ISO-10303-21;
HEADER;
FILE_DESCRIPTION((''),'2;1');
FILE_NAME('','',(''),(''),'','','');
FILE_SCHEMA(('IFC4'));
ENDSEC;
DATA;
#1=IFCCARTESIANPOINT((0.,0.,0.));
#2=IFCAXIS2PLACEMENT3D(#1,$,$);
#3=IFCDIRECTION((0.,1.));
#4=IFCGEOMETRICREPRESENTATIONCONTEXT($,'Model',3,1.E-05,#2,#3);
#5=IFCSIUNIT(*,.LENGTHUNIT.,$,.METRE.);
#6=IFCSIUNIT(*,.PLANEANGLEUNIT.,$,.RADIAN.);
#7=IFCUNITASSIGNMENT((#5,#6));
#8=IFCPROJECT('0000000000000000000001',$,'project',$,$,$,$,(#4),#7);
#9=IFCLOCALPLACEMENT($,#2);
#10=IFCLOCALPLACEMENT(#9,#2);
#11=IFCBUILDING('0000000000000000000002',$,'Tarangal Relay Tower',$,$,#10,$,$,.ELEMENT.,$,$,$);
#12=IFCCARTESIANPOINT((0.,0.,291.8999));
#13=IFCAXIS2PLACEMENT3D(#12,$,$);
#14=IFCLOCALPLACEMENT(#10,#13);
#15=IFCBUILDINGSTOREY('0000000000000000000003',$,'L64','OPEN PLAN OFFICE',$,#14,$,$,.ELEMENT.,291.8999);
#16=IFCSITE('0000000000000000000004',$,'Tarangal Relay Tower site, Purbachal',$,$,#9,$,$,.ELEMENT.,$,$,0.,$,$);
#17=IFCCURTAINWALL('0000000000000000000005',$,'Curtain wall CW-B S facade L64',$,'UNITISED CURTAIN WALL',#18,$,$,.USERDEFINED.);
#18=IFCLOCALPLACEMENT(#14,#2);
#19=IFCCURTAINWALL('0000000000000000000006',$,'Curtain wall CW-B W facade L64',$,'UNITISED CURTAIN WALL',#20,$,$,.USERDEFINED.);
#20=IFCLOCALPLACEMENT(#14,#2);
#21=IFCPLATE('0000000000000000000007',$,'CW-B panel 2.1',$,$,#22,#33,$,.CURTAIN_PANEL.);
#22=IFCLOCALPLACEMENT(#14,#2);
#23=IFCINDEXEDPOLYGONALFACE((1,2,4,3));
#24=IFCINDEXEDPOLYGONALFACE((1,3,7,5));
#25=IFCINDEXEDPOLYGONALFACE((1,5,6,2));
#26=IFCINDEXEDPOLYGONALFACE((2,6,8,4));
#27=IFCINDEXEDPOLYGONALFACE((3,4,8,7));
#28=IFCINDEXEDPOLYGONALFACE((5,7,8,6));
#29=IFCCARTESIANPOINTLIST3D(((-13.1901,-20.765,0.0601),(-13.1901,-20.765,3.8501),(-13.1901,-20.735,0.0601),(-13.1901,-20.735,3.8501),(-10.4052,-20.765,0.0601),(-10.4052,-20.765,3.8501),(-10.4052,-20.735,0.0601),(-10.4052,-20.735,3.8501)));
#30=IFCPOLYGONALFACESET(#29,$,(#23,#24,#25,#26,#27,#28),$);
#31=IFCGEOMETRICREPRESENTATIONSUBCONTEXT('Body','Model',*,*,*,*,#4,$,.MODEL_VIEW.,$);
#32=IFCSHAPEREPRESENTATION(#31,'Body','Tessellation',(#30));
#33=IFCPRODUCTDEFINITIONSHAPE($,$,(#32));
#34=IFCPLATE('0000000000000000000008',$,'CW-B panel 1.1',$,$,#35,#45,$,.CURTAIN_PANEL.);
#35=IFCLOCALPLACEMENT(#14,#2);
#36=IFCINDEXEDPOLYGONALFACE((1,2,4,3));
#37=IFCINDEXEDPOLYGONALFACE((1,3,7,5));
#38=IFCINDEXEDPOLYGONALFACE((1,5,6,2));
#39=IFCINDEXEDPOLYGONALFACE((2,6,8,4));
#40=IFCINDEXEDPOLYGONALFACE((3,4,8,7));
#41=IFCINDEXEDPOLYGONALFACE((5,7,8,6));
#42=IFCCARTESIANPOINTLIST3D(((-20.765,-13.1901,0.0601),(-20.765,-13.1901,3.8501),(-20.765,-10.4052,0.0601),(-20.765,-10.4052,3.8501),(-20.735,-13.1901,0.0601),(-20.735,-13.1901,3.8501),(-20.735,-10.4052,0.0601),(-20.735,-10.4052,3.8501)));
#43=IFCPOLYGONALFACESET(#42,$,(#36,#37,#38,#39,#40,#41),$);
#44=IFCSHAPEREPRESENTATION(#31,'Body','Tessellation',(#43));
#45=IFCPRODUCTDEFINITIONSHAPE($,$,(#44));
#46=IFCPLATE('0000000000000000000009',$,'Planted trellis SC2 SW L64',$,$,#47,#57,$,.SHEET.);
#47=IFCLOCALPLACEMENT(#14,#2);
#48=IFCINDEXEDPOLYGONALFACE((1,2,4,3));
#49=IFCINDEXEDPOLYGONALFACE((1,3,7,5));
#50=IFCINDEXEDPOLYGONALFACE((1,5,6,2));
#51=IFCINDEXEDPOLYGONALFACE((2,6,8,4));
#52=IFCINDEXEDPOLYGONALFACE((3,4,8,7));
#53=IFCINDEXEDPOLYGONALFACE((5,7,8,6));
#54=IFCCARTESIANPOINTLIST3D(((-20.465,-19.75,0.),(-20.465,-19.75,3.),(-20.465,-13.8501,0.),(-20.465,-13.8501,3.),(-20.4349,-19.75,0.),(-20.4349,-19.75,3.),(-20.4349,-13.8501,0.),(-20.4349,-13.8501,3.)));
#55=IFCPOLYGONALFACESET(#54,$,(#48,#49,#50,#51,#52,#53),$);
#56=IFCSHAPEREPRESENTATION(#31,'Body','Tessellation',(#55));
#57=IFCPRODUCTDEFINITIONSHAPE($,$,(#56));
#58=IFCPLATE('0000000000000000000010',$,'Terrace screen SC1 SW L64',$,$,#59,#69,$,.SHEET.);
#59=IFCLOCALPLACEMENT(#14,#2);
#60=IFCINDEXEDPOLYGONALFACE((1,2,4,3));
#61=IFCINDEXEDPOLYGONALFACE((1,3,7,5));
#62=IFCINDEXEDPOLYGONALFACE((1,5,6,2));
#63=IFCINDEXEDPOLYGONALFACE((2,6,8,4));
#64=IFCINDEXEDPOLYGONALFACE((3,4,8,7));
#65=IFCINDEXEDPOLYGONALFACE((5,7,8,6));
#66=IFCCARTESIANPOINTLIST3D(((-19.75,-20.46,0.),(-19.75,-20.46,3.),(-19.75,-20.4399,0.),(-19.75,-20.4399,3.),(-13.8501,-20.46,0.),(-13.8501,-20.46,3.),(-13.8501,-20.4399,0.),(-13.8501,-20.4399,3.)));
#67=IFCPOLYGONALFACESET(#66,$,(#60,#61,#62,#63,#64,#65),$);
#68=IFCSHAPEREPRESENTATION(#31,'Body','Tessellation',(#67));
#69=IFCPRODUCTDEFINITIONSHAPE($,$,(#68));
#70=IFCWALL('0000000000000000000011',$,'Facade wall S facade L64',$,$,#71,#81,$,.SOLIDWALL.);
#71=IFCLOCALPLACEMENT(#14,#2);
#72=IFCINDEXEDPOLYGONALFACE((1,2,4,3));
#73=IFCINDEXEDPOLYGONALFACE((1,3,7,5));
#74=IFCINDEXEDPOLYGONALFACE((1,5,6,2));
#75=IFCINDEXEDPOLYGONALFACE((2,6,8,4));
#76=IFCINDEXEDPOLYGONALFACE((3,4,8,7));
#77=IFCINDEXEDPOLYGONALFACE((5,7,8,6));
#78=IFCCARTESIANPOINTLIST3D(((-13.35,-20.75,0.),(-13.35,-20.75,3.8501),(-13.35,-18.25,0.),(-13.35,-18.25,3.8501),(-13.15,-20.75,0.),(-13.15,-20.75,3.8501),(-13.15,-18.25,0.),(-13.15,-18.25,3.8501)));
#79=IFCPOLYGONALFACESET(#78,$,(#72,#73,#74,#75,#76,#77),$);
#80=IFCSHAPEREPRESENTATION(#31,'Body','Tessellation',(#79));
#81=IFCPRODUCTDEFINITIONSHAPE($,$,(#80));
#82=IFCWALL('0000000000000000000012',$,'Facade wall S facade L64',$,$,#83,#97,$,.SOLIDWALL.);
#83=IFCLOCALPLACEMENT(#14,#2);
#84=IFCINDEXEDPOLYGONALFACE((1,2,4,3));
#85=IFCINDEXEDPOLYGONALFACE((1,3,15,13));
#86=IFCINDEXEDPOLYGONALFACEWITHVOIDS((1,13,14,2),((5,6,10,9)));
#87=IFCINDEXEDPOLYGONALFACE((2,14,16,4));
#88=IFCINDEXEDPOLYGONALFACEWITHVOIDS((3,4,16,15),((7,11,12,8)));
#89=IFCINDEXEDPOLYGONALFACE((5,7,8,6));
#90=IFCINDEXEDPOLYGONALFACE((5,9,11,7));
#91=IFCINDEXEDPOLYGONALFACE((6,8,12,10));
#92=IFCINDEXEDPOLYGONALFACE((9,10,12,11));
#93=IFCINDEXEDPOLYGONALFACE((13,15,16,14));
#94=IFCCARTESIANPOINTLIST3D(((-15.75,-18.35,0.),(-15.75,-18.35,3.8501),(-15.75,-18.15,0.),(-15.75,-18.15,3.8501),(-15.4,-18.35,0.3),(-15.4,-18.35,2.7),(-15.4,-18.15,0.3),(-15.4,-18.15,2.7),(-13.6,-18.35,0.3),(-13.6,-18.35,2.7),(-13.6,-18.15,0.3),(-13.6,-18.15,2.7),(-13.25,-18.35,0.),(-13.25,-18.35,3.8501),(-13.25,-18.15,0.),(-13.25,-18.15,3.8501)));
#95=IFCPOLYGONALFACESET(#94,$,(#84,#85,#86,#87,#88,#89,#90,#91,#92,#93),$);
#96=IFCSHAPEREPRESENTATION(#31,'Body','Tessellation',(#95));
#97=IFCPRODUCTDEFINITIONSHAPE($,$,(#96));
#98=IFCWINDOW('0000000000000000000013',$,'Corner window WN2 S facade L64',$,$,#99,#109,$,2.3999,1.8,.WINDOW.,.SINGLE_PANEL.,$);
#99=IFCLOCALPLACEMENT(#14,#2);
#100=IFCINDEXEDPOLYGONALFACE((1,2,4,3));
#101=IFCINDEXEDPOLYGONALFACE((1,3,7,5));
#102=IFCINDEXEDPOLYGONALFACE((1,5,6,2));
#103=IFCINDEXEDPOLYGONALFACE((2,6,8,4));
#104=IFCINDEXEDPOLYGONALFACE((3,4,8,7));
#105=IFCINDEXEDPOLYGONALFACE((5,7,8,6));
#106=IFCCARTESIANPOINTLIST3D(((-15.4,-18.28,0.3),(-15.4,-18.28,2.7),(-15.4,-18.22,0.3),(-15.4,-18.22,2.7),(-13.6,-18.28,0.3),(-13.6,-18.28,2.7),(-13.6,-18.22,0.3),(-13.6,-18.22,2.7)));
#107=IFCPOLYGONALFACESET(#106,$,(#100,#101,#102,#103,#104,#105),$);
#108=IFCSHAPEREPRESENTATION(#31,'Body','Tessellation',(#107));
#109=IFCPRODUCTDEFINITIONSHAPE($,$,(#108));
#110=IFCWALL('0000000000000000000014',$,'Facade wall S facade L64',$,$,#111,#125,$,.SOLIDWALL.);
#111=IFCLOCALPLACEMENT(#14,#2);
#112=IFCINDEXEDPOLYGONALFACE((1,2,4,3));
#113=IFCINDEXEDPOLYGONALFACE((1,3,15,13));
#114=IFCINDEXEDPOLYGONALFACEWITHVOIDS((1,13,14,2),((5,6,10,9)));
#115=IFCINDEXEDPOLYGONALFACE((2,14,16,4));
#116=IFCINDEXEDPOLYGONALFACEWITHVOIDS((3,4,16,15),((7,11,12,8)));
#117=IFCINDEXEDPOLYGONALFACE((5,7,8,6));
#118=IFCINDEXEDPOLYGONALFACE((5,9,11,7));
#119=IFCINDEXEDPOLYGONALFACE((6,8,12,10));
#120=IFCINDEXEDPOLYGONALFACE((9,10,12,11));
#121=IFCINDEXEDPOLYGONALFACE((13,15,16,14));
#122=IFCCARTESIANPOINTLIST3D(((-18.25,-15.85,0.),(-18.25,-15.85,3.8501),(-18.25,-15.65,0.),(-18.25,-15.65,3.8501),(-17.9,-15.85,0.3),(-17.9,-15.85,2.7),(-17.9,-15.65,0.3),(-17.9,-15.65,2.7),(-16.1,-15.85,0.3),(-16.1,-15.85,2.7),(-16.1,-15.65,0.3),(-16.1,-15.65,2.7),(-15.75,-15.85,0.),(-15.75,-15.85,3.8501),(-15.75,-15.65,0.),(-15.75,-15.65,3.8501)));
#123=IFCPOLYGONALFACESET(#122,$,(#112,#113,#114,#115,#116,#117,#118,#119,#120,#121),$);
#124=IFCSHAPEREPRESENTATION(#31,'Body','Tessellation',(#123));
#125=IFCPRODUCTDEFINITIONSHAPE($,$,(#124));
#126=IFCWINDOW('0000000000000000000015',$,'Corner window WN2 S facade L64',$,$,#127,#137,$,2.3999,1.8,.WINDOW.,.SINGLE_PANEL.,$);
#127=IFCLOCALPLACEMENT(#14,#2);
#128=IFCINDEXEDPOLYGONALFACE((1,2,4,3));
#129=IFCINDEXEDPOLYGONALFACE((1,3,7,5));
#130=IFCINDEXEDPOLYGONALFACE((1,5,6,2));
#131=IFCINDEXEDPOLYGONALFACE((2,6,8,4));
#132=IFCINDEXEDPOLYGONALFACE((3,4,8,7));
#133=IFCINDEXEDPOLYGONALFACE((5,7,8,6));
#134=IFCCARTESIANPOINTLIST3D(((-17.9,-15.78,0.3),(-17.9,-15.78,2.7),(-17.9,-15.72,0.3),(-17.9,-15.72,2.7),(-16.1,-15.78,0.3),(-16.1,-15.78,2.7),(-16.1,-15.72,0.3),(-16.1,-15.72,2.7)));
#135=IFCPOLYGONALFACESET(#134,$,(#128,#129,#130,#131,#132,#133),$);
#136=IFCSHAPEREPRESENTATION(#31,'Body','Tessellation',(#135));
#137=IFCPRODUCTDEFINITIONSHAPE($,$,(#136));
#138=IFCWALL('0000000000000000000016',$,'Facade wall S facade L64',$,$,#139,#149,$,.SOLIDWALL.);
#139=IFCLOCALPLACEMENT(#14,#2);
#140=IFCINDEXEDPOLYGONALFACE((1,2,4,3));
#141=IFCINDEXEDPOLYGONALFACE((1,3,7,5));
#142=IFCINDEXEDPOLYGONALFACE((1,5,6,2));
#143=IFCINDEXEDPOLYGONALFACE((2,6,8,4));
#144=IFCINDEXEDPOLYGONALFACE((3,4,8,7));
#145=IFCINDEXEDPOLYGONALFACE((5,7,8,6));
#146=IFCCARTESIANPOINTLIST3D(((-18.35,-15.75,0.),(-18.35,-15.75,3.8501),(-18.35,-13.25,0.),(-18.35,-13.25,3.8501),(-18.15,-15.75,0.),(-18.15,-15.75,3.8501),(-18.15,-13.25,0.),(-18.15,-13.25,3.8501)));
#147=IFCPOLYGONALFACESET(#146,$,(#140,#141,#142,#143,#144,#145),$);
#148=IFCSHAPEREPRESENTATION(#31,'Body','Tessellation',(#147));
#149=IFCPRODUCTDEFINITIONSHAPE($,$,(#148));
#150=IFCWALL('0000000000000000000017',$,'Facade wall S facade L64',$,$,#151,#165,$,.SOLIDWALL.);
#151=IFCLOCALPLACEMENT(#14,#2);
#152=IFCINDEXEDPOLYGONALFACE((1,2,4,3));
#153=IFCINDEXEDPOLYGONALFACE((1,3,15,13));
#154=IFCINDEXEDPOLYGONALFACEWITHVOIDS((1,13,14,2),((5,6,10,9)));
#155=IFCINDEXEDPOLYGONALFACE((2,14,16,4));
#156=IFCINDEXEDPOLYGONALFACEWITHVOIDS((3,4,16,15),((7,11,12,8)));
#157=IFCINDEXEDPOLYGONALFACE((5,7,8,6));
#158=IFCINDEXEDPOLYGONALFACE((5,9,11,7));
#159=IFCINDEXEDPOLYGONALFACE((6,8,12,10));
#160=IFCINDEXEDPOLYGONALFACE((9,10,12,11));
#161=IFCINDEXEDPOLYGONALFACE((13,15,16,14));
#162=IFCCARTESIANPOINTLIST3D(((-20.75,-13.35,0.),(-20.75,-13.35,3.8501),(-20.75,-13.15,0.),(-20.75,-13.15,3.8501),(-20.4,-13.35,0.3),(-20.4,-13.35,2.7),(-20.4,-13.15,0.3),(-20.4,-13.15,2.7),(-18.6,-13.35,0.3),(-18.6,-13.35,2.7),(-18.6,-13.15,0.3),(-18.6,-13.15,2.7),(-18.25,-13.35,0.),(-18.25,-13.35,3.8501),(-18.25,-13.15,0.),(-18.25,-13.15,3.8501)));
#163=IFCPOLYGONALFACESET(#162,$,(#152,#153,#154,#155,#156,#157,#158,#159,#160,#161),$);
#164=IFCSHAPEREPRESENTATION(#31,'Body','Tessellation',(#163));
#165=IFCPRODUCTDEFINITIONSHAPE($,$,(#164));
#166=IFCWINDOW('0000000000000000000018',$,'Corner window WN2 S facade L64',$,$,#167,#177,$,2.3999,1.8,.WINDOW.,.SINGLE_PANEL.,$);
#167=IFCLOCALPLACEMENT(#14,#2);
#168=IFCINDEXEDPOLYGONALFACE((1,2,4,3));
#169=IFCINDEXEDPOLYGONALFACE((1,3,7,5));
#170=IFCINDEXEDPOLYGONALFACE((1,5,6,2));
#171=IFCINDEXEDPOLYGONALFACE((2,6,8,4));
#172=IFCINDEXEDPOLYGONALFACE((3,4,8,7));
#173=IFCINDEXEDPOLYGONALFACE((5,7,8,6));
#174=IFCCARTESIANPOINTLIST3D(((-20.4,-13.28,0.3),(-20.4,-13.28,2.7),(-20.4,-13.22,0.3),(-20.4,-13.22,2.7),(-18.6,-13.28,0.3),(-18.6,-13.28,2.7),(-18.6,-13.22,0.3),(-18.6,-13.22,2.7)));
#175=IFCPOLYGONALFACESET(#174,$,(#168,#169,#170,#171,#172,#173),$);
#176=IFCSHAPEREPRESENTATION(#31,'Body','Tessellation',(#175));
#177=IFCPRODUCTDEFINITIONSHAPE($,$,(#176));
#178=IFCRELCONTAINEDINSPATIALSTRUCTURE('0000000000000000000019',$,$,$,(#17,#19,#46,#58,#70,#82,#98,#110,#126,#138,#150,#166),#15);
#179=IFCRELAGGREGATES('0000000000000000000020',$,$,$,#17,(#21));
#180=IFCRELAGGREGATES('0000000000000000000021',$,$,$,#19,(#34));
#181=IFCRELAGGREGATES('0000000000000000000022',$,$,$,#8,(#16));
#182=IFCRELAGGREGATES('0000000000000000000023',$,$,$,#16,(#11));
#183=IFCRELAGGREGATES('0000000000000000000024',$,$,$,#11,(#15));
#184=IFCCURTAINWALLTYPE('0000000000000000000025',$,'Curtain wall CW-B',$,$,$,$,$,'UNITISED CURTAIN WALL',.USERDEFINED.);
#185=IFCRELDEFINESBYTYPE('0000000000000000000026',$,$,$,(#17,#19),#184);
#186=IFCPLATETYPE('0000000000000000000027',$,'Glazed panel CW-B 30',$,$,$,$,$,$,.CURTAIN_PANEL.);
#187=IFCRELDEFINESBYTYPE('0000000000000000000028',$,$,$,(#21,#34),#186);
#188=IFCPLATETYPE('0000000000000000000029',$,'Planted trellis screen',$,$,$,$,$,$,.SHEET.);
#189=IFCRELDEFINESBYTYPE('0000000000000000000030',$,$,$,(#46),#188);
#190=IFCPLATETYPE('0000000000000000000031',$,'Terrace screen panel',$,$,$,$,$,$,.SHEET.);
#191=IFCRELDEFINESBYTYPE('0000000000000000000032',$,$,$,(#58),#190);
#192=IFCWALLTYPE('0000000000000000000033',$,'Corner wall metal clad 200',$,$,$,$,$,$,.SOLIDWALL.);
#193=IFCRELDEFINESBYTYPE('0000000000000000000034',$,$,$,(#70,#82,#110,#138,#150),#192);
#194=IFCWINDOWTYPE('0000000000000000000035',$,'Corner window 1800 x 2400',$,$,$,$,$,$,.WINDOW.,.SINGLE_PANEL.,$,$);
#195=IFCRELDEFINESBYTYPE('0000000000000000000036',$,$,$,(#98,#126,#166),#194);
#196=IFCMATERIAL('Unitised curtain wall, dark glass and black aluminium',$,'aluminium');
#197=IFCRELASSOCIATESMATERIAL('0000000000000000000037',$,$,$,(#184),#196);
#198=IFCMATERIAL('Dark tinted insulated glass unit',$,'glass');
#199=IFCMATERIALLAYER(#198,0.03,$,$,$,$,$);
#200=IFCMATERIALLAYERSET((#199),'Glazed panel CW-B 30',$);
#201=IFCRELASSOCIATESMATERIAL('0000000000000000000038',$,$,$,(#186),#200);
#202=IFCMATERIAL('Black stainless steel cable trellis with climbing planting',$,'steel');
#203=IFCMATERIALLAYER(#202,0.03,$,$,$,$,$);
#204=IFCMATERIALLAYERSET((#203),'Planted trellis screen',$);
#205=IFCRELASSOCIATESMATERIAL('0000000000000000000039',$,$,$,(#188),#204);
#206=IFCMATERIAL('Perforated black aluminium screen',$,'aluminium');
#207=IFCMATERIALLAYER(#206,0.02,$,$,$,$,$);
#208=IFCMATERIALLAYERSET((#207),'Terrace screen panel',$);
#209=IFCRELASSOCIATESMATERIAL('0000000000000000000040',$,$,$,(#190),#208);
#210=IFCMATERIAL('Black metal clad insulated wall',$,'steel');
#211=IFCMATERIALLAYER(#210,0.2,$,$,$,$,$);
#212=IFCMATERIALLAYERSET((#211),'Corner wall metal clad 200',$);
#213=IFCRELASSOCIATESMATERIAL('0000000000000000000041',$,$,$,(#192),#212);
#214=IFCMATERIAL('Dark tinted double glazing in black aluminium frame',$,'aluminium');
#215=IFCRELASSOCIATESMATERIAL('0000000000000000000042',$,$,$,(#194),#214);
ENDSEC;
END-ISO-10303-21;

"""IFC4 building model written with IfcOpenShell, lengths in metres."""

from ifc_helpers import new_model, si_unit, direction, frame, frame_2d, origin, origin_2d, place, context, subcontext, project, spatial, rectangle, extrude, material, layer, layer_set, type_object, element, fill, aggregate, save


model = new_model("IFC4")

# Units and contexts
model_context = context("Model", 3, precision=1e-05, world=origin(), true_north=direction((0.0, 1.0)))
body_context = subcontext(model_context, "Body", "Model", "MODEL_VIEW")
ifc_project = project(units=[si_unit("LENGTHUNIT", "METRE"), si_unit("PLANEANGLEUNIT", "RADIAN")], contexts=[model_context])

# Site, building, storey
site_placement = place(None, origin())
site = spatial("IfcSite", under=ifc_project, at=site_placement, Name="Tarangal Relay Tower site, Purbachal", CompositionType="ELEMENT", RefElevation=0.0)
building_placement = place(site_placement, origin())
building = spatial("IfcBuilding", under=site, at=building_placement, Name="Tarangal Relay Tower", CompositionType="ELEMENT")
storey_placement = place(building_placement, frame((0.0, 0.0, 291.8999)))
storey = spatial("IfcBuildingStorey", under=building, at=storey_placement, Name="L64", Description="OPEN PLAN OFFICE", CompositionType="ELEMENT", Elevation=291.8999)

# Curtain wall
ifc_material_1 = material(Name="Unitised curtain wall, dark glass and black aluminium", Category="aluminium")
curtain_wall_type = type_object("IfcCurtainWallType", Name="Curtain wall CW-B", ElementType="UNITISED CURTAIN WALL", PredefinedType="USERDEFINED", material=ifc_material_1)
curtain_wall_1_placement = place(storey_placement, origin())
curtain_wall_1 = element("IfcCurtainWall", 1, at=curtain_wall_1_placement, inside=storey, type_object=curtain_wall_type, Name="Curtain wall CW-B S facade L64", ObjectType="UNITISED CURTAIN WALL", PredefinedType="USERDEFINED")

# Curtain wall
curtain_wall_2_placement = place(storey_placement, origin())
curtain_wall_2 = element("IfcCurtainWall", 2, at=curtain_wall_2_placement, inside=storey, type_object=curtain_wall_type, Name="Curtain wall CW-B W facade L64", ObjectType="UNITISED CURTAIN WALL", PredefinedType="USERDEFINED")

# Plates
ifc_material_2 = material(Name="Dark tinted insulated glass unit", Category="glass")
ifc_layer_1 = layer(ifc_material_2, 0.03)
ifc_layer_set_1 = layer_set([ifc_layer_1], Name="Glazed panel CW-B 30")
plate_type_1 = type_object("IfcPlateType", Name="Glazed panel CW-B 30", PredefinedType="CURTAIN_PANEL", material=ifc_layer_set_1)
plate_1_placement = place(storey_placement, frame((-11.7976, -20.75, 0.0601), z_axis=(0.0, 0.0, 1.0), x_axis=(-1.0, 0.0, 0.0)))
plate_1 = element("IfcPlate", 3, at=plate_1_placement, type_object=plate_type_1, Name="CW-B panel 2.1", PredefinedType="CURTAIN_PANEL", context=body_context, shape_type="SweptSolid", body=[
    extrude(rectangle(XDim=2.7849, YDim=0.03, at=origin_2d()), origin(), (0.0, 0.0, 1.0), 3.79),
])
aggregate(curtain_wall_1, [plate_1])
plate_2_placement = place(storey_placement, frame((-20.75, -11.7976, 0.0601), z_axis=(0.0, 0.0, 1.0), x_axis=(0.0, 1.0, 0.0)))
plate_2 = element("IfcPlate", 4, at=plate_2_placement, type_object=plate_type_1, Name="CW-B panel 1.1", PredefinedType="CURTAIN_PANEL", context=body_context, shape_type="SweptSolid", body=[
    extrude(rectangle(XDim=2.7849, YDim=0.03, at=origin_2d()), origin(), (0.0, 0.0, 1.0), 3.79),
])
aggregate(curtain_wall_2, [plate_2])

# Plates
ifc_material_3 = material(Name="Black stainless steel cable trellis with climbing planting", Category="steel")
ifc_layer_2 = layer(ifc_material_3, 0.03)
ifc_layer_set_2 = layer_set([ifc_layer_2], Name="Planted trellis screen")
plate_type_2 = type_object("IfcPlateType", Name="Planted trellis screen", PredefinedType="SHEET", material=ifc_layer_set_2)
plate_3_placement = place(storey_placement, frame((-20.45, -16.8, 0.0), z_axis=(0.0, 0.0, 1.0), x_axis=(0.0, 1.0, 0.0)))
element("IfcPlate", 5, at=plate_3_placement, inside=storey, type_object=plate_type_2, Name="Planted trellis SC2 SW L64", PredefinedType="SHEET", context=body_context, shape_type="SweptSolid", body=[
    extrude(rectangle(XDim=5.8999, YDim=0.03, at=origin_2d()), origin(), (0.0, 0.0, 1.0), 3.0),
])
ifc_material_4 = material(Name="Perforated black aluminium screen", Category="aluminium")
ifc_layer_3 = layer(ifc_material_4, 0.02)
ifc_layer_set_3 = layer_set([ifc_layer_3], Name="Terrace screen panel")
plate_type_3 = type_object("IfcPlateType", Name="Terrace screen panel", PredefinedType="SHEET", material=ifc_layer_set_3)
plate_4_placement = place(storey_placement, frame((-16.8, -20.45, 0.0), z_axis=(0.0, 0.0, 1.0), x_axis=(-1.0, 0.0, 0.0)))
element("IfcPlate", 6, at=plate_4_placement, inside=storey, type_object=plate_type_3, Name="Terrace screen SC1 SW L64", PredefinedType="SHEET", context=body_context, shape_type="SweptSolid", body=[
    extrude(rectangle(XDim=5.8999, YDim=0.02, at=origin_2d()), origin(), (0.0, 0.0, 1.0), 3.0),
])

# Wall
ifc_material_5 = material(Name="Black metal clad insulated wall", Category="steel")
ifc_layer_4 = layer(ifc_material_5, 0.2)
ifc_layer_set_4 = layer_set([ifc_layer_4], Name="Corner wall metal clad 200")
wall_type_1 = type_object("IfcWallType", Name="Corner wall metal clad 200", PredefinedType="SOLIDWALL", material=ifc_layer_set_4)
wall_1_placement = place(storey_placement, frame((-13.25, -20.75, 0.0), z_axis=(0.0, 0.0, 1.0), x_axis=(0.0, 1.0, 0.0)))
element("IfcWall", 7, at=wall_1_placement, inside=storey, type_object=wall_type_1, Name="Facade wall S facade L64", PredefinedType="SOLIDWALL", context=body_context, shape_type="SweptSolid", body=[
    extrude(rectangle(XDim=2.5, YDim=0.2, at=frame_2d((1.25, 0.0))), origin(), (0.0, 0.0, 1.0), 3.8501),
])

# Wall, opening, window
wall_2_placement = place(storey_placement, frame((-13.25, -18.25, 0.0), z_axis=(0.0, 0.0, 1.0), x_axis=(-1.0, 0.0, 0.0)))
wall_2 = element("IfcWall", 8, at=wall_2_placement, inside=storey, type_object=wall_type_1, Name="Facade wall S facade L64", PredefinedType="SOLIDWALL", context=body_context, shape_type="SweptSolid", body=[
    extrude(rectangle(XDim=2.5, YDim=0.2, at=frame_2d((1.25, 0.0))), origin(), (0.0, 0.0, 1.0), 3.8501),
])
opening_1_placement = place(wall_2_placement, frame((0.3501, 0.0, 0.3)))
opening_1 = element("IfcOpeningElement", 9, at=opening_1_placement, cuts=wall_2, PredefinedType="OPENING", context=body_context, shape_type="SweptSolid", body=[
    extrude(rectangle(XDim=1.8, YDim=2.3999, at=frame_2d((0.8999, 1.2))), frame((0.0, 0.1099, 0.0), z_axis=(0.0, -1.0, 0.0), x_axis=(1.0, 0.0, 0.0)), (0.0, 0.0, 1.0), 0.22),
])
ifc_material_6 = material(Name="Dark tinted double glazing in black aluminium frame", Category="aluminium")
window_type = type_object("IfcWindowType", Name="Corner window 1800 x 2400", PartitioningType="SINGLE_PANEL", PredefinedType="WINDOW", material=ifc_material_6)
window_1_placement = place(opening_1_placement, origin())
window_1 = element("IfcWindow", 10, at=window_1_placement, inside=storey, type_object=window_type, Name="Corner window WN2 S facade L64", OverallHeight=2.3999, OverallWidth=1.8, PartitioningType="SINGLE_PANEL", PredefinedType="WINDOW", context=body_context, shape_type="SweptSolid", body=[
    extrude(rectangle(XDim=1.8, YDim=2.3999, at=frame_2d((0.8999, 1.2))), frame((0.0, 0.03, 0.0), z_axis=(0.0, -1.0, 0.0), x_axis=(1.0, 0.0, 0.0)), (0.0, 0.0, 1.0), 0.0601),
])
fill(opening_1, window_1)

# Wall, opening, window
wall_3_placement = place(storey_placement, frame((-15.75, -15.75, 0.0), z_axis=(0.0, 0.0, 1.0), x_axis=(-1.0, 0.0, 0.0)))
wall_3 = element("IfcWall", 11, at=wall_3_placement, inside=storey, type_object=wall_type_1, Name="Facade wall S facade L64", PredefinedType="SOLIDWALL", context=body_context, shape_type="SweptSolid", body=[
    extrude(rectangle(XDim=2.5, YDim=0.2, at=frame_2d((1.25, 0.0))), origin(), (0.0, 0.0, 1.0), 3.8501),
])
opening_2_placement = place(wall_3_placement, frame((0.3501, 0.0, 0.3)))
opening_2 = element("IfcOpeningElement", 12, at=opening_2_placement, cuts=wall_3, PredefinedType="OPENING", context=body_context, shape_type="SweptSolid", body=[
    extrude(rectangle(XDim=1.8, YDim=2.3999, at=frame_2d((0.8999, 1.2))), frame((0.0, 0.1099, 0.0), z_axis=(0.0, -1.0, 0.0), x_axis=(1.0, 0.0, 0.0)), (0.0, 0.0, 1.0), 0.22),
])
window_2_placement = place(opening_2_placement, origin())
window_2 = element("IfcWindow", 13, at=window_2_placement, inside=storey, type_object=window_type, Name="Corner window WN2 S facade L64", OverallHeight=2.3999, OverallWidth=1.8, PartitioningType="SINGLE_PANEL", PredefinedType="WINDOW", context=body_context, shape_type="SweptSolid", body=[
    extrude(rectangle(XDim=1.8, YDim=2.3999, at=frame_2d((0.8999, 1.2))), frame((0.0, 0.03, 0.0), z_axis=(0.0, -1.0, 0.0), x_axis=(1.0, 0.0, 0.0)), (0.0, 0.0, 1.0), 0.0601),
])
fill(opening_2, window_2)

# Wall
wall_4_placement = place(storey_placement, frame((-18.25, -15.75, 0.0), z_axis=(0.0, 0.0, 1.0), x_axis=(0.0, 1.0, 0.0)))
element("IfcWall", 14, at=wall_4_placement, inside=storey, type_object=wall_type_1, Name="Facade wall S facade L64", PredefinedType="SOLIDWALL", context=body_context, shape_type="SweptSolid", body=[
    extrude(rectangle(XDim=2.5, YDim=0.2, at=frame_2d((1.25, 0.0))), origin(), (0.0, 0.0, 1.0), 3.8501),
])

# Wall, opening, window
wall_5_placement = place(storey_placement, frame((-18.25, -13.25, 0.0), z_axis=(0.0, 0.0, 1.0), x_axis=(-1.0, 0.0, 0.0)))
wall_5 = element("IfcWall", 15, at=wall_5_placement, inside=storey, type_object=wall_type_1, Name="Facade wall S facade L64", PredefinedType="SOLIDWALL", context=body_context, shape_type="SweptSolid", body=[
    extrude(rectangle(XDim=2.5, YDim=0.2, at=frame_2d((1.25, 0.0))), origin(), (0.0, 0.0, 1.0), 3.8501),
])
opening_3_placement = place(wall_5_placement, frame((0.3501, 0.0, 0.3)))
opening_3 = element("IfcOpeningElement", 16, at=opening_3_placement, cuts=wall_5, PredefinedType="OPENING", context=body_context, shape_type="SweptSolid", body=[
    extrude(rectangle(XDim=1.8, YDim=2.3999, at=frame_2d((0.8999, 1.2))), frame((0.0, 0.1099, 0.0), z_axis=(0.0, -1.0, 0.0), x_axis=(1.0, 0.0, 0.0)), (0.0, 0.0, 1.0), 0.22),
])
window_3_placement = place(opening_3_placement, origin())
window_3 = element("IfcWindow", 17, at=window_3_placement, inside=storey, type_object=window_type, Name="Corner window WN2 S facade L64", OverallHeight=2.3999, OverallWidth=1.8, PartitioningType="SINGLE_PANEL", PredefinedType="WINDOW", context=body_context, shape_type="SweptSolid", body=[
    extrude(rectangle(XDim=1.8, YDim=2.3999, at=frame_2d((0.8999, 1.2))), frame((0.0, 0.03, 0.0), z_axis=(0.0, -1.0, 0.0), x_axis=(1.0, 0.0, 0.0)), (0.0, 0.0, 1.0), 0.0601),
])
fill(opening_3, window_3)

save(model, "model.ifc")
